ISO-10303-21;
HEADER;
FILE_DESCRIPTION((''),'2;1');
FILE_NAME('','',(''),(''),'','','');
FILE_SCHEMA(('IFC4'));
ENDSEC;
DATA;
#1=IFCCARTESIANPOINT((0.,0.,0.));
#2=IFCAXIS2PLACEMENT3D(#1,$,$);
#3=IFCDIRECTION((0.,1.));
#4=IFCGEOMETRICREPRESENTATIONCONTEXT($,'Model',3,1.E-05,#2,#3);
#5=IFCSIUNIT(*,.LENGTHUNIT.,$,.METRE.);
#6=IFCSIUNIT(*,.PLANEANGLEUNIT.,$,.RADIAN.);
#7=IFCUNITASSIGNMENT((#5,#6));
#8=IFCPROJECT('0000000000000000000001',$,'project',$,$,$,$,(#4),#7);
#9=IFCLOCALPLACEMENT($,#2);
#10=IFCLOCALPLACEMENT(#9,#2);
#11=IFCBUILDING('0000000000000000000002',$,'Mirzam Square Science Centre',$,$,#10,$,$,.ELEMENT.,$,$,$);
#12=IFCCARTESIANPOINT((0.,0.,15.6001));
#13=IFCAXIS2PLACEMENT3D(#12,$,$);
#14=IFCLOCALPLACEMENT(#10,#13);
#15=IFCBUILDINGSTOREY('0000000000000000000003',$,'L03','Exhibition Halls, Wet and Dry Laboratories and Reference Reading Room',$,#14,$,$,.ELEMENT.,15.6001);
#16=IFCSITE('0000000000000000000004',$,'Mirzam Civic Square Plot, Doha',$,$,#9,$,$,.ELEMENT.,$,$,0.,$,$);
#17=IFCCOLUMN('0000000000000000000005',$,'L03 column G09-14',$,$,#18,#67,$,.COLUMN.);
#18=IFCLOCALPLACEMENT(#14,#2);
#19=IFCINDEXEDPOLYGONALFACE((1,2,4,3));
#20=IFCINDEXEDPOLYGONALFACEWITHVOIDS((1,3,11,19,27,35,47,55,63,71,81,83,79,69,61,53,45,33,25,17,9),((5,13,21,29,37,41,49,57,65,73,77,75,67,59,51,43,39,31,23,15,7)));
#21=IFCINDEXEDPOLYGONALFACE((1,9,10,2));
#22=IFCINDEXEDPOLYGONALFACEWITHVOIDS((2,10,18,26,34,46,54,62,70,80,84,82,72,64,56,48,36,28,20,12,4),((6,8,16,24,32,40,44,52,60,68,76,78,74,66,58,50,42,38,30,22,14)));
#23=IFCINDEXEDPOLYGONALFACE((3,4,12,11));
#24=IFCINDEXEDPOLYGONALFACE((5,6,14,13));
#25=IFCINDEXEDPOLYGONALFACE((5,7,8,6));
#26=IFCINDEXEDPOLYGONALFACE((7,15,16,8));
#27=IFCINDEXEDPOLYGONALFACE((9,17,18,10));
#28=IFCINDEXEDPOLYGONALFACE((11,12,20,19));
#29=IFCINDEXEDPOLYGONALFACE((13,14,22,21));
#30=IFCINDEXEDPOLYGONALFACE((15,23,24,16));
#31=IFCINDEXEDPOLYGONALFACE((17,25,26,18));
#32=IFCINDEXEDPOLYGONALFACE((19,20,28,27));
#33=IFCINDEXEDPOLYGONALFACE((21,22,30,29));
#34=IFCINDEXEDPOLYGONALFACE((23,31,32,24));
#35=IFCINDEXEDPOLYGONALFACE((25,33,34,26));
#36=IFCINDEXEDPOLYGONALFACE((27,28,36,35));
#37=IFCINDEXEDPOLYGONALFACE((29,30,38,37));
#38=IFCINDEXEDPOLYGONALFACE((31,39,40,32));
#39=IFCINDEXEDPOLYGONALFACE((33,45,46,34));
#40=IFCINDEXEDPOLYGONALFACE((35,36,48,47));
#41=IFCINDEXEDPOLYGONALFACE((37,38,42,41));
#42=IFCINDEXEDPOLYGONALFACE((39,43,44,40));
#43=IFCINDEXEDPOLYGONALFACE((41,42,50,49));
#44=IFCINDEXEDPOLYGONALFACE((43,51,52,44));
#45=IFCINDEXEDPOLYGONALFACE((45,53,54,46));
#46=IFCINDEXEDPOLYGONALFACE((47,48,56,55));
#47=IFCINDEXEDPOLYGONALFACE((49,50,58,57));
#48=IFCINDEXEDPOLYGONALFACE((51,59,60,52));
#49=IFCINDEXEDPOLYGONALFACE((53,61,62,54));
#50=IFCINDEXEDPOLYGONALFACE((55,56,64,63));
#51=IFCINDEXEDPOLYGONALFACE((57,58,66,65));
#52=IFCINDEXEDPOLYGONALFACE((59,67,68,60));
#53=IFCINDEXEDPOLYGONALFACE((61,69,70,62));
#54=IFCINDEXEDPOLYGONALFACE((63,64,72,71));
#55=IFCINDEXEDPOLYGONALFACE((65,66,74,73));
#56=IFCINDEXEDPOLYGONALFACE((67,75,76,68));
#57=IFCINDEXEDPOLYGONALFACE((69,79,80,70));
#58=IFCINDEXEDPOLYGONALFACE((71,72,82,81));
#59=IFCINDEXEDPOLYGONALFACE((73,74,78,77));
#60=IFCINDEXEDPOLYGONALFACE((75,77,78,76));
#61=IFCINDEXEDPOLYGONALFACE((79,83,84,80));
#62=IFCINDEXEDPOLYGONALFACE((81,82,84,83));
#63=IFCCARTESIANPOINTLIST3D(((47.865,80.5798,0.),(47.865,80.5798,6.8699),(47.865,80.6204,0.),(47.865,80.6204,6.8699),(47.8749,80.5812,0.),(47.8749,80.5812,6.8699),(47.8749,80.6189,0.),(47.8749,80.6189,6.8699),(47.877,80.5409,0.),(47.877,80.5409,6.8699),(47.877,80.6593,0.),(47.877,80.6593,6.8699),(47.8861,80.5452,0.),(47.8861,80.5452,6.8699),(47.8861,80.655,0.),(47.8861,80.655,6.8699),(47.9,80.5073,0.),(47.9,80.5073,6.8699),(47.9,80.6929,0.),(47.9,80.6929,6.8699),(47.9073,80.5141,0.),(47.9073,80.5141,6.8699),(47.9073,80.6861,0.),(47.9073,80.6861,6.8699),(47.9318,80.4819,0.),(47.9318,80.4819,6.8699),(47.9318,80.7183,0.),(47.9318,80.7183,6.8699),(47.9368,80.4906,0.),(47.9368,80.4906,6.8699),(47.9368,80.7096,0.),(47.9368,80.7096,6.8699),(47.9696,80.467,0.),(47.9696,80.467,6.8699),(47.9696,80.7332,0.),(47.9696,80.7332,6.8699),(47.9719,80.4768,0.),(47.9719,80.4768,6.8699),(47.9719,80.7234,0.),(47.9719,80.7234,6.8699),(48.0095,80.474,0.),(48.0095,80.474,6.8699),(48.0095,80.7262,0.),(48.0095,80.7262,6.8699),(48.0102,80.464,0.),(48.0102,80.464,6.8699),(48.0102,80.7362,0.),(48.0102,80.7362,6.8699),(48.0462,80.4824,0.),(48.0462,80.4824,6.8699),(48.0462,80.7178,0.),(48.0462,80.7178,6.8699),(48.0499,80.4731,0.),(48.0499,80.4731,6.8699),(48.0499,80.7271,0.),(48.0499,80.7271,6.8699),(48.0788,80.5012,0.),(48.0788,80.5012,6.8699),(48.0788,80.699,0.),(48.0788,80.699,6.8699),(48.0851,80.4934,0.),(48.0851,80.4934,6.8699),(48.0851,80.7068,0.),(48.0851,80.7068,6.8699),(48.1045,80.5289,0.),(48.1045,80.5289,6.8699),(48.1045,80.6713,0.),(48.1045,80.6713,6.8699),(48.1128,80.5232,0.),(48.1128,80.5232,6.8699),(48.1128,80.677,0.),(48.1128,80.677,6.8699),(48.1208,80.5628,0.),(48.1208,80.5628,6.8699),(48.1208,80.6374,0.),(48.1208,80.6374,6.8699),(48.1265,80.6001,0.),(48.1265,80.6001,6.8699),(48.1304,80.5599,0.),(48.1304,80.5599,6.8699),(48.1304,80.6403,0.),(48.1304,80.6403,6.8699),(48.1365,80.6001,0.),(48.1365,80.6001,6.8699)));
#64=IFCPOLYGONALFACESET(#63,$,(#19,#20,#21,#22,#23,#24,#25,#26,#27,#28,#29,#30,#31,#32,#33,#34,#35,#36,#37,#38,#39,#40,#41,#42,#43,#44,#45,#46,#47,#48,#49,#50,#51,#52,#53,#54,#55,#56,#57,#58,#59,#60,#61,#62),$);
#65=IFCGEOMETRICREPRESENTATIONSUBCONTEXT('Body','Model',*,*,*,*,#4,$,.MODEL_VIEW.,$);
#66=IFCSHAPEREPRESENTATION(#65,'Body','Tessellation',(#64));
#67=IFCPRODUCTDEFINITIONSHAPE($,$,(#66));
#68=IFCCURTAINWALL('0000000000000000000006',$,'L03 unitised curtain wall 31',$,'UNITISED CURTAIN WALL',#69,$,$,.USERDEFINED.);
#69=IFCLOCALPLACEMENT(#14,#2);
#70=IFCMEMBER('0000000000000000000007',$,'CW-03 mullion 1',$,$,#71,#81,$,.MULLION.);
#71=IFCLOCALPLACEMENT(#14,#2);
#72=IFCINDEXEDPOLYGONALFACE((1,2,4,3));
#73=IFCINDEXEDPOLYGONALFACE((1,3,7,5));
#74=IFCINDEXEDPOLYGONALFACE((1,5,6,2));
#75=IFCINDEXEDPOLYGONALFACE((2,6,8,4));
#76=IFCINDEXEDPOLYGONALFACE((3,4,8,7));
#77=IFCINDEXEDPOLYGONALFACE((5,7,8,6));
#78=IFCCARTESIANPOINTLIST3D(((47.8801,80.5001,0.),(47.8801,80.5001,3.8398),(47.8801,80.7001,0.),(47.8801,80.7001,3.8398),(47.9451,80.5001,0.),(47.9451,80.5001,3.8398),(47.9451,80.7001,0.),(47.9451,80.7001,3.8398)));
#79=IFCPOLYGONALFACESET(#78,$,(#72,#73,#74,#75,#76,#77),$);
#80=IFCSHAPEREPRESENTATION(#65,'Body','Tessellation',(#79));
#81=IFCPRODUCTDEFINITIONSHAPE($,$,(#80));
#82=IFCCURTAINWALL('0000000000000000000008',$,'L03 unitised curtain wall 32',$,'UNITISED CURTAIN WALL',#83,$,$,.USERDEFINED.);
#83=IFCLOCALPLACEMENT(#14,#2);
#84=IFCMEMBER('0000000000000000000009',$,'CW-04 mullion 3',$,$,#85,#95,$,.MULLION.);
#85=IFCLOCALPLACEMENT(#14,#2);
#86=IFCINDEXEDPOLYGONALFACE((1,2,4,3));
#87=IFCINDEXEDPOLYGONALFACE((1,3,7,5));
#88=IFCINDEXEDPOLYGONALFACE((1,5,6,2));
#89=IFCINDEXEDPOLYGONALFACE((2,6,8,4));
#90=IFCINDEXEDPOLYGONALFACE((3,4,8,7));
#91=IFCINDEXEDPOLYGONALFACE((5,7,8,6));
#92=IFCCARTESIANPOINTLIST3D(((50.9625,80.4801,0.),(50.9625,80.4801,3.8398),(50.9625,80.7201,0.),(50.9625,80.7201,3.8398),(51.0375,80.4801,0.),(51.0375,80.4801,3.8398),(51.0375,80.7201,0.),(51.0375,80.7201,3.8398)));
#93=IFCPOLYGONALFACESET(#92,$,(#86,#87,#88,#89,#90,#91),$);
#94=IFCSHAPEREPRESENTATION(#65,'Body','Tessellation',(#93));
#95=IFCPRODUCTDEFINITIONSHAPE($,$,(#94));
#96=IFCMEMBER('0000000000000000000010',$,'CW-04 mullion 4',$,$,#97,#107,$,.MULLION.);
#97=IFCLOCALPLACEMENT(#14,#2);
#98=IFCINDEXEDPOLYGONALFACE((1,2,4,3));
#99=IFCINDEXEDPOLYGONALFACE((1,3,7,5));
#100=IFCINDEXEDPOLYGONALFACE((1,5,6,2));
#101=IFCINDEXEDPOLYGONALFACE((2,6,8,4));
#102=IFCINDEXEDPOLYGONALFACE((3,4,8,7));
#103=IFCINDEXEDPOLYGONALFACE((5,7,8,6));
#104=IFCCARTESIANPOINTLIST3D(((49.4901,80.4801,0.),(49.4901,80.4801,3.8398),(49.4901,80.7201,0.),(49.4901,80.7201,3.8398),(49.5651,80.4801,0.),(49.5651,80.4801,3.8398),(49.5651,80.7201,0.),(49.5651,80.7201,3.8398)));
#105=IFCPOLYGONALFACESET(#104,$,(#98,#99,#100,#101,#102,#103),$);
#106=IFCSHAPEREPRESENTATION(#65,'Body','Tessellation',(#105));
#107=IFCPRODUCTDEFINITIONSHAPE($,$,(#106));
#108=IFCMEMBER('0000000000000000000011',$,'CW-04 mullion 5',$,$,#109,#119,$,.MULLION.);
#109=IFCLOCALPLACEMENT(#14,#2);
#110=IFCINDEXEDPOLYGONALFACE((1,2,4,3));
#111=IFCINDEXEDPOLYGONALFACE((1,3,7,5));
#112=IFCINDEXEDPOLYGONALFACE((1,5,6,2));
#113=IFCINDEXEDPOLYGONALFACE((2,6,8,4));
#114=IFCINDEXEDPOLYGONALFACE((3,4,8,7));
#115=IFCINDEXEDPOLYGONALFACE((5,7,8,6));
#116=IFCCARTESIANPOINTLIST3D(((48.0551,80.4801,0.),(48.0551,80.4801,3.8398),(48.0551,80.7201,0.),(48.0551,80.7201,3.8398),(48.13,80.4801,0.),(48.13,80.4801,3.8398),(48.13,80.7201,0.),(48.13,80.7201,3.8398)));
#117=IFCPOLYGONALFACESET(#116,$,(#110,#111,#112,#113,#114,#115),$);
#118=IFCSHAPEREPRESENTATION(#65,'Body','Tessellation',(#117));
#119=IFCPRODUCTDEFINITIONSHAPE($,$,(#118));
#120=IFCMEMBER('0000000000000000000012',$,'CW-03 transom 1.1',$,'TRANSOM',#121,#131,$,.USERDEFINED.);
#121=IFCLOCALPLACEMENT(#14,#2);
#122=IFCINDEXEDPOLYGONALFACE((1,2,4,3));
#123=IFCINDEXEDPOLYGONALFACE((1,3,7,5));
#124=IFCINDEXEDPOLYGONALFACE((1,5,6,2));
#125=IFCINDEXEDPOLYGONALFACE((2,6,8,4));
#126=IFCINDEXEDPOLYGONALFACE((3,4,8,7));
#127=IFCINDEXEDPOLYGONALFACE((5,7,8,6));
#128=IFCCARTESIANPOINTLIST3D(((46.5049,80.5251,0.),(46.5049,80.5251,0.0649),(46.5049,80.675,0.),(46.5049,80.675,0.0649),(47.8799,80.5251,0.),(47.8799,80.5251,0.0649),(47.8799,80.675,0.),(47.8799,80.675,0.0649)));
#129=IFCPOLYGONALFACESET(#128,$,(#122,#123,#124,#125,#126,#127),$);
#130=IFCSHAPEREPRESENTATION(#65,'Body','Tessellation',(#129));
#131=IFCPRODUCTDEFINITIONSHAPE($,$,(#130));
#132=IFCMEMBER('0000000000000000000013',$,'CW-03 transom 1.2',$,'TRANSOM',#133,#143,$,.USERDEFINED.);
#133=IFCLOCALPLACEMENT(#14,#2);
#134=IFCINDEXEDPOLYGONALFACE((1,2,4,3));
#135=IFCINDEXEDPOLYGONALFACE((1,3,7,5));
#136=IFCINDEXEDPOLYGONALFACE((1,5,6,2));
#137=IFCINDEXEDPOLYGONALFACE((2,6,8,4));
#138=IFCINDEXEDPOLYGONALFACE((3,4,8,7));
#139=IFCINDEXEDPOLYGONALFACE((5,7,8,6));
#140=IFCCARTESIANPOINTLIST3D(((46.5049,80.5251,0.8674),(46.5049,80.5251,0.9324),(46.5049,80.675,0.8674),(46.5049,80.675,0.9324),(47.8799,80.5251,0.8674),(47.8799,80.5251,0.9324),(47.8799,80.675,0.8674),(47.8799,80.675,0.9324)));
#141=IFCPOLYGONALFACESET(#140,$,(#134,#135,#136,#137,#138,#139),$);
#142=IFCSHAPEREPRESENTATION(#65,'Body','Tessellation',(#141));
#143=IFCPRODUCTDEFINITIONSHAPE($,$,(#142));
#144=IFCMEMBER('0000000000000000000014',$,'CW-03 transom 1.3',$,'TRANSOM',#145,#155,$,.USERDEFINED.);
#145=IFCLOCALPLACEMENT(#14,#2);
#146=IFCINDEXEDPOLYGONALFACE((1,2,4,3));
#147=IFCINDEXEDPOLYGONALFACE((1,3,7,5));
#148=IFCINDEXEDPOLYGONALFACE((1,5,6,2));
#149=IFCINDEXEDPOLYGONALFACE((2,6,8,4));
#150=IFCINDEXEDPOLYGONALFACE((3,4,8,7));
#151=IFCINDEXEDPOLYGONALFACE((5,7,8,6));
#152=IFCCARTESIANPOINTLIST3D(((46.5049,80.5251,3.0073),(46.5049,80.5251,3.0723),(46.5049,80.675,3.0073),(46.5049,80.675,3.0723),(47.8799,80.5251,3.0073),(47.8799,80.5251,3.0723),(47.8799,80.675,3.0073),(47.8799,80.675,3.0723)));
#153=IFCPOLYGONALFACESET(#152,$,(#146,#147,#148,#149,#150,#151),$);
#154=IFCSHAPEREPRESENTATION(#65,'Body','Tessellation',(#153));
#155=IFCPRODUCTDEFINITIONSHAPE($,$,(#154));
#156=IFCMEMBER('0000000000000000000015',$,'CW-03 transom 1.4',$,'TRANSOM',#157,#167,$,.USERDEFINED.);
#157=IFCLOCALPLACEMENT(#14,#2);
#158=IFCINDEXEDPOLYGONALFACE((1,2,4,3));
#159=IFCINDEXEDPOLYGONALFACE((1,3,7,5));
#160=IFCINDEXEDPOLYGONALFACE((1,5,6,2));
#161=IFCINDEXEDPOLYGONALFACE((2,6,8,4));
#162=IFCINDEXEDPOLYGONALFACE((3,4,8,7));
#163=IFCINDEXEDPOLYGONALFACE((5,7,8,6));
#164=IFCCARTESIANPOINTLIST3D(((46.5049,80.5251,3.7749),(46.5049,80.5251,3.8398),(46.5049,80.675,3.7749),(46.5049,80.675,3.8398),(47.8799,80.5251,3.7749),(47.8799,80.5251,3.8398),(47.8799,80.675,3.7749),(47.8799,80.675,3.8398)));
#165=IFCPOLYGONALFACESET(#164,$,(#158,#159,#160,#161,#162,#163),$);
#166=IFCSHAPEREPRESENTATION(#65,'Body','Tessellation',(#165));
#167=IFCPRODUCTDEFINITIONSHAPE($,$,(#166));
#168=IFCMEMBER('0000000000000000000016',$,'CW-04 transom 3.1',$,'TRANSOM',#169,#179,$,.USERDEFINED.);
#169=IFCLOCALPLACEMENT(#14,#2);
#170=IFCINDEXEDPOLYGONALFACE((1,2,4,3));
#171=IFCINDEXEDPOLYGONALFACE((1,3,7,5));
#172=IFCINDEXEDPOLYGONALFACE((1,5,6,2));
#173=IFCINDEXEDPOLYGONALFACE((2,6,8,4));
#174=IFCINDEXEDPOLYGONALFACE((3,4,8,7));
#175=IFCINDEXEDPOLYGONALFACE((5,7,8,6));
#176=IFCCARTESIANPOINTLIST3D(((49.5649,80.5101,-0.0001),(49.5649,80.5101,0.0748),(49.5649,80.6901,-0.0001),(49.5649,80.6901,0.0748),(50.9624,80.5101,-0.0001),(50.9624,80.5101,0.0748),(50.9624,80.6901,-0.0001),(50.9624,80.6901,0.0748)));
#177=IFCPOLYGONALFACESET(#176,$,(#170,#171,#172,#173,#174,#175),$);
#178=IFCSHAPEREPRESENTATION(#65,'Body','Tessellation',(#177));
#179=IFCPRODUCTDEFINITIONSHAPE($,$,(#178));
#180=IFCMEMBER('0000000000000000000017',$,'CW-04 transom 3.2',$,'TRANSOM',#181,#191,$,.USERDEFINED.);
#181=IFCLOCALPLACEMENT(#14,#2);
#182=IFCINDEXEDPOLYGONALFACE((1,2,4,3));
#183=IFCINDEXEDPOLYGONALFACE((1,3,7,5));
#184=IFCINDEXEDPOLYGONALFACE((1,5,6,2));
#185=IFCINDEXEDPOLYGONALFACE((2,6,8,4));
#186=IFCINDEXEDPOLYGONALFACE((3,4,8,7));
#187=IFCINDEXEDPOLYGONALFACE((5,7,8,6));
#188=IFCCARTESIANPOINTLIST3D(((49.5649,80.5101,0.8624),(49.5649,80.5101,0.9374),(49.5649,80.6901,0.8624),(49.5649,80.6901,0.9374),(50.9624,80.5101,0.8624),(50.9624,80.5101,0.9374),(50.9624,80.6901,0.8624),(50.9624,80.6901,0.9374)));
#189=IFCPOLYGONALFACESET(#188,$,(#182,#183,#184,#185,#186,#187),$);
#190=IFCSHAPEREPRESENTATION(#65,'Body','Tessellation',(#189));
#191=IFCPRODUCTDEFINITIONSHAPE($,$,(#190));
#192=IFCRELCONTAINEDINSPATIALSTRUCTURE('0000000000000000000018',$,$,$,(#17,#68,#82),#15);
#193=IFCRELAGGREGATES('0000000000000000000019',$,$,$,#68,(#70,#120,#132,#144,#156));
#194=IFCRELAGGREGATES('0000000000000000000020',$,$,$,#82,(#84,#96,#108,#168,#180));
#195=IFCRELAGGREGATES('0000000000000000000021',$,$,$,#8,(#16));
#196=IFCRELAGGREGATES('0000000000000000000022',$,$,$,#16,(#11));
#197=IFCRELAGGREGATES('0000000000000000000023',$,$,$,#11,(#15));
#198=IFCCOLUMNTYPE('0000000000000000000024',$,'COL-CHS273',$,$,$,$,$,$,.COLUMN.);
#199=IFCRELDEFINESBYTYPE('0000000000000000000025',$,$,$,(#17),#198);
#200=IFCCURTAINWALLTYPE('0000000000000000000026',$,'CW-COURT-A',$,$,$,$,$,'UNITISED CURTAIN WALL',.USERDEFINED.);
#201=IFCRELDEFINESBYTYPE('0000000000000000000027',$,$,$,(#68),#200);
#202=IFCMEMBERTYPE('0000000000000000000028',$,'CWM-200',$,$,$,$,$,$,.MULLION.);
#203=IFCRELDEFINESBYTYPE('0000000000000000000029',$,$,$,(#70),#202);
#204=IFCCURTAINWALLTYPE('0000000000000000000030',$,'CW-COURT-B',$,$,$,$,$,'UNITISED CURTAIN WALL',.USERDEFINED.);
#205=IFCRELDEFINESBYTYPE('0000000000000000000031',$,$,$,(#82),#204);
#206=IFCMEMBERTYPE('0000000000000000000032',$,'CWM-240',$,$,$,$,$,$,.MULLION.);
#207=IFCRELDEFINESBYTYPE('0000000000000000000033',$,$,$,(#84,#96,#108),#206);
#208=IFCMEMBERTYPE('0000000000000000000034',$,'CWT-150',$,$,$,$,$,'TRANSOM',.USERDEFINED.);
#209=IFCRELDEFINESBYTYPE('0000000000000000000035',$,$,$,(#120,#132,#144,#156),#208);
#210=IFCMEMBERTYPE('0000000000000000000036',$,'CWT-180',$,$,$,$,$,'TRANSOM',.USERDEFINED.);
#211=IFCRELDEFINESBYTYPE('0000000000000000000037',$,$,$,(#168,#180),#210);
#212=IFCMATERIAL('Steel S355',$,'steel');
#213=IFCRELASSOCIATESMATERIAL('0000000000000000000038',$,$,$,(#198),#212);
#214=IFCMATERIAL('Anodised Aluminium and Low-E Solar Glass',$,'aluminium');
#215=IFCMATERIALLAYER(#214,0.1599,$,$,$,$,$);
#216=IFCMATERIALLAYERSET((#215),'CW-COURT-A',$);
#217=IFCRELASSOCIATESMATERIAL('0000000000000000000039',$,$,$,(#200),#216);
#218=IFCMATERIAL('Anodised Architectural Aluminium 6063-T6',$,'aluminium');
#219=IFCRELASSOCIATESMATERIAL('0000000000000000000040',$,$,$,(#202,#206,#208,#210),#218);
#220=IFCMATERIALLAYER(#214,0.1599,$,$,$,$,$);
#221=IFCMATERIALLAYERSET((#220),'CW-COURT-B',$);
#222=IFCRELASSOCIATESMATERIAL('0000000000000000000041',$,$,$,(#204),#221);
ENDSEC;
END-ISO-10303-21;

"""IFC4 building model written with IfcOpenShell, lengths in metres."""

from ifc_helpers import new_model, si_unit, direction, frame, origin, origin_2d, place, context, subcontext, project, spatial, rectangle, hollow_circle, extrude, material, layer, layer_set, material_profile, profile_set, type_object, element, aggregate, save


model = new_model("IFC4")

# Units and contexts
model_context = context("Model", 3, precision=1e-05, world=origin(), true_north=direction((0.0, 1.0)))
body_context = subcontext(model_context, "Body", "Model", "MODEL_VIEW")
ifc_project = project(units=[si_unit("LENGTHUNIT", "METRE"), si_unit("PLANEANGLEUNIT", "RADIAN")], contexts=[model_context])

# Site, building, storey
site_placement = place(None, origin())
site = spatial("IfcSite", under=ifc_project, at=site_placement, Name="Mirzam Civic Square Plot, Doha", CompositionType="ELEMENT", RefElevation=0.0)
building_placement = place(site_placement, origin())
building = spatial("IfcBuilding", under=site, at=building_placement, Name="Mirzam Square Science Centre", CompositionType="ELEMENT")
storey_placement = place(building_placement, frame((0.0, 0.0, 15.6001)))
storey = spatial("IfcBuildingStorey", under=building, at=storey_placement, Name="L03", Description="Exhibition Halls, Wet and Dry Laboratories and Reference Reading Room", CompositionType="ELEMENT", Elevation=15.6001)

# Column
ifc_material_1 = material(Name="Steel S355", Category="steel")
ifc_material_profile_1 = material_profile(ifc_material_1, hollow_circle(Radius=0.1365, WallThickness=0.01, at=origin_2d()), Name="273.0x10.0CHS")
ifc_profile_set_1 = profile_set([ifc_material_profile_1], Name="Steel S355")
column_type = type_object("IfcColumnType", Name="COL-CHS273", PredefinedType="COLUMN", material=ifc_profile_set_1)
column_placement = place(storey_placement, frame((48.0, 80.6001, 0.0), z_axis=(0.0, 0.0, 1.0), x_axis=(1.0, 0.0, 0.0)))
element("IfcColumn", 1, at=column_placement, inside=storey, type_object=column_type, Name="L03 column G09-14", PredefinedType="COLUMN", context=body_context, shape_type="SweptSolid", body=[
    extrude(hollow_circle(Radius=0.1365, WallThickness=0.01, at=origin_2d()), origin(), (0.0, 0.0, 1.0), 6.8699),
])

# Curtain wall, member
ifc_material_2 = material(Name="Anodised Aluminium and Low-E Solar Glass", Category="aluminium")
ifc_layer_1 = layer(ifc_material_2, 0.1599)
ifc_layer_set_1 = layer_set([ifc_layer_1], Name="CW-COURT-A")
curtain_wall_type_1 = type_object("IfcCurtainWallType", Name="CW-COURT-A", ElementType="UNITISED CURTAIN WALL", PredefinedType="USERDEFINED", material=ifc_layer_set_1)
curtain_wall_1_placement = place(storey_placement, origin())
curtain_wall_1 = element("IfcCurtainWall", 2, at=curtain_wall_1_placement, inside=storey, type_object=curtain_wall_type_1, Name="L03 unitised curtain wall 31", ObjectType="UNITISED CURTAIN WALL", PredefinedType="USERDEFINED")
ifc_material_3 = material(Name="Anodised Architectural Aluminium 6063-T6", Category="aluminium")
ifc_material_profile_2 = material_profile(ifc_material_3, rectangle(XDim=0.0649, YDim=0.2, at=origin_2d()), Name="ALU-MULL-200x65x5")
ifc_profile_set_2 = profile_set([ifc_material_profile_2], Name="Anodised Architectural Aluminium 6063-T6")
member_type_1 = type_object("IfcMemberType", Name="CWM-200", PredefinedType="MULLION", material=ifc_profile_set_2)
member_1_placement = place(storey_placement, frame((47.9126, 80.6001, 0.0), z_axis=(0.0, 0.0, 1.0), x_axis=(-1.0, 0.0, 0.0)))
member_1 = element("IfcMember", 3, at=member_1_placement, type_object=member_type_1, Name="CW-03 mullion 1", PredefinedType="MULLION", context=body_context, shape_type="SweptSolid", body=[
    extrude(rectangle(XDim=0.0649, YDim=0.2, at=origin_2d()), origin(), (0.0, 0.0, 1.0), 3.8398),
])

# Curtain wall, members
ifc_layer_2 = layer(ifc_material_2, 0.1599)
ifc_layer_set_2 = layer_set([ifc_layer_2], Name="CW-COURT-B")
curtain_wall_type_2 = type_object("IfcCurtainWallType", Name="CW-COURT-B", ElementType="UNITISED CURTAIN WALL", PredefinedType="USERDEFINED", material=ifc_layer_set_2)
curtain_wall_2_placement = place(storey_placement, origin())
curtain_wall_2 = element("IfcCurtainWall", 4, at=curtain_wall_2_placement, inside=storey, type_object=curtain_wall_type_2, Name="L03 unitised curtain wall 32", ObjectType="UNITISED CURTAIN WALL", PredefinedType="USERDEFINED")
ifc_material_profile_3 = material_profile(ifc_material_3, rectangle(XDim=0.075, YDim=0.24, at=origin_2d()), Name="ALU-MULL-240x75x5")
ifc_profile_set_3 = profile_set([ifc_material_profile_3], Name="Anodised Architectural Aluminium 6063-T6")
member_type_2 = type_object("IfcMemberType", Name="CWM-240", PredefinedType="MULLION", material=ifc_profile_set_3)
member_2_placement = place(storey_placement, frame((51.0, 80.6001, 0.0), z_axis=(0.0, 0.0, 1.0), x_axis=(-1.0, 0.0, 0.0)))
member_2 = element("IfcMember", 5, at=member_2_placement, type_object=member_type_2, Name="CW-04 mullion 3", PredefinedType="MULLION", context=body_context, shape_type="SweptSolid", body=[
    extrude(rectangle(XDim=0.075, YDim=0.24, at=origin_2d()), origin(), (0.0, 0.0, 1.0), 3.8398),
])
member_3_placement = place(storey_placement, frame((49.5276, 80.6001, 0.0), z_axis=(0.0, 0.0, 1.0), x_axis=(-1.0, 0.0, 0.0)))
member_3 = element("IfcMember", 6, at=member_3_placement, type_object=member_type_2, Name="CW-04 mullion 4", PredefinedType="MULLION", context=body_context, shape_type="SweptSolid", body=[
    extrude(rectangle(XDim=0.075, YDim=0.24, at=origin_2d()), origin(), (0.0, 0.0, 1.0), 3.8398),
])
member_4_placement = place(storey_placement, frame((48.0925, 80.6001, 0.0), z_axis=(0.0, 0.0, 1.0), x_axis=(-1.0, 0.0, 0.0)))
member_4 = element("IfcMember", 7, at=member_4_placement, type_object=member_type_2, Name="CW-04 mullion 5", PredefinedType="MULLION", context=body_context, shape_type="SweptSolid", body=[
    extrude(rectangle(XDim=0.075, YDim=0.24, at=origin_2d()), origin(), (0.0, 0.0, 1.0), 3.8398),
])

# Members
ifc_material_profile_4 = material_profile(ifc_material_3, rectangle(XDim=0.1499, YDim=0.0649, at=origin_2d()), Name="ALU-TRAN-150x65x4")
ifc_profile_set_4 = profile_set([ifc_material_profile_4], Name="Anodised Architectural Aluminium 6063-T6")
member_type_3 = type_object("IfcMemberType", Name="CWT-150", ElementType="TRANSOM", PredefinedType="USERDEFINED", material=ifc_profile_set_4)
member_5_placement = place(storey_placement, frame((47.8799, 80.6001, 0.0325), z_axis=(-1.0, 0.0, 0.0), x_axis=(0.0, -1.0, 0.0)))
member_5 = element("IfcMember", 8, at=member_5_placement, type_object=member_type_3, Name="CW-03 transom 1.1", ObjectType="TRANSOM", PredefinedType="USERDEFINED", context=body_context, shape_type="SweptSolid", body=[
    extrude(rectangle(XDim=0.1499, YDim=0.0649, at=origin_2d()), origin(), (0.0, 0.0, 1.0), 1.375),
])
member_6_placement = place(storey_placement, frame((47.8799, 80.6001, 0.8999), z_axis=(-1.0, 0.0, 0.0), x_axis=(0.0, -1.0, 0.0)))
member_6 = element("IfcMember", 9, at=member_6_placement, type_object=member_type_3, Name="CW-03 transom 1.2", ObjectType="TRANSOM", PredefinedType="USERDEFINED", context=body_context, shape_type="SweptSolid", body=[
    extrude(rectangle(XDim=0.1499, YDim=0.0649, at=origin_2d()), origin(), (0.0, 0.0, 1.0), 1.375),
])
member_7_placement = place(storey_placement, frame((47.8799, 80.6001, 3.0398), z_axis=(-1.0, 0.0, 0.0), x_axis=(0.0, -1.0, 0.0)))
member_7 = element("IfcMember", 10, at=member_7_placement, type_object=member_type_3, Name="CW-03 transom 1.3", ObjectType="TRANSOM", PredefinedType="USERDEFINED", context=body_context, shape_type="SweptSolid", body=[
    extrude(rectangle(XDim=0.1499, YDim=0.0649, at=origin_2d()), origin(), (0.0, 0.0, 1.0), 1.375),
])
member_8_placement = place(storey_placement, frame((47.8799, 80.6001, 3.8074), z_axis=(-1.0, 0.0, 0.0), x_axis=(0.0, -1.0, 0.0)))
member_8 = element("IfcMember", 11, at=member_8_placement, type_object=member_type_3, Name="CW-03 transom 1.4", ObjectType="TRANSOM", PredefinedType="USERDEFINED", context=body_context, shape_type="SweptSolid", body=[
    extrude(rectangle(XDim=0.1499, YDim=0.0649, at=origin_2d()), origin(), (0.0, 0.0, 1.0), 1.375),
])
ifc_material_profile_5 = material_profile(ifc_material_3, rectangle(XDim=0.1799, YDim=0.075, at=origin_2d()), Name="ALU-TRAN-180x75x5")
ifc_profile_set_5 = profile_set([ifc_material_profile_5], Name="Anodised Architectural Aluminium 6063-T6")
member_type_4 = type_object("IfcMemberType", Name="CWT-180", ElementType="TRANSOM", PredefinedType="USERDEFINED", material=ifc_profile_set_5)
member_9_placement = place(storey_placement, frame((50.9624, 80.6001, 0.0374), z_axis=(-1.0, 0.0, 0.0), x_axis=(0.0, -1.0, 0.0)))
member_9 = element("IfcMember", 12, at=member_9_placement, type_object=member_type_4, Name="CW-04 transom 3.1", ObjectType="TRANSOM", PredefinedType="USERDEFINED", context=body_context, shape_type="SweptSolid", body=[
    extrude(rectangle(XDim=0.1799, YDim=0.075, at=origin_2d()), origin(), (0.0, 0.0, 1.0), 1.3975),
])
member_10_placement = place(storey_placement, frame((50.9624, 80.6001, 0.8999), z_axis=(-1.0, 0.0, 0.0), x_axis=(0.0, -1.0, 0.0)))
member_10 = element("IfcMember", 13, at=member_10_placement, type_object=member_type_4, Name="CW-04 transom 3.2", ObjectType="TRANSOM", PredefinedType="USERDEFINED", context=body_context, shape_type="SweptSolid", body=[
    extrude(rectangle(XDim=0.1799, YDim=0.075, at=origin_2d()), origin(), (0.0, 0.0, 1.0), 1.3975),
])

aggregate(curtain_wall_1, [member_1, member_5, member_6, member_7, member_8])
aggregate(curtain_wall_2, [member_2, member_3, member_4, member_9, member_10])

save(model, "model.ifc")
